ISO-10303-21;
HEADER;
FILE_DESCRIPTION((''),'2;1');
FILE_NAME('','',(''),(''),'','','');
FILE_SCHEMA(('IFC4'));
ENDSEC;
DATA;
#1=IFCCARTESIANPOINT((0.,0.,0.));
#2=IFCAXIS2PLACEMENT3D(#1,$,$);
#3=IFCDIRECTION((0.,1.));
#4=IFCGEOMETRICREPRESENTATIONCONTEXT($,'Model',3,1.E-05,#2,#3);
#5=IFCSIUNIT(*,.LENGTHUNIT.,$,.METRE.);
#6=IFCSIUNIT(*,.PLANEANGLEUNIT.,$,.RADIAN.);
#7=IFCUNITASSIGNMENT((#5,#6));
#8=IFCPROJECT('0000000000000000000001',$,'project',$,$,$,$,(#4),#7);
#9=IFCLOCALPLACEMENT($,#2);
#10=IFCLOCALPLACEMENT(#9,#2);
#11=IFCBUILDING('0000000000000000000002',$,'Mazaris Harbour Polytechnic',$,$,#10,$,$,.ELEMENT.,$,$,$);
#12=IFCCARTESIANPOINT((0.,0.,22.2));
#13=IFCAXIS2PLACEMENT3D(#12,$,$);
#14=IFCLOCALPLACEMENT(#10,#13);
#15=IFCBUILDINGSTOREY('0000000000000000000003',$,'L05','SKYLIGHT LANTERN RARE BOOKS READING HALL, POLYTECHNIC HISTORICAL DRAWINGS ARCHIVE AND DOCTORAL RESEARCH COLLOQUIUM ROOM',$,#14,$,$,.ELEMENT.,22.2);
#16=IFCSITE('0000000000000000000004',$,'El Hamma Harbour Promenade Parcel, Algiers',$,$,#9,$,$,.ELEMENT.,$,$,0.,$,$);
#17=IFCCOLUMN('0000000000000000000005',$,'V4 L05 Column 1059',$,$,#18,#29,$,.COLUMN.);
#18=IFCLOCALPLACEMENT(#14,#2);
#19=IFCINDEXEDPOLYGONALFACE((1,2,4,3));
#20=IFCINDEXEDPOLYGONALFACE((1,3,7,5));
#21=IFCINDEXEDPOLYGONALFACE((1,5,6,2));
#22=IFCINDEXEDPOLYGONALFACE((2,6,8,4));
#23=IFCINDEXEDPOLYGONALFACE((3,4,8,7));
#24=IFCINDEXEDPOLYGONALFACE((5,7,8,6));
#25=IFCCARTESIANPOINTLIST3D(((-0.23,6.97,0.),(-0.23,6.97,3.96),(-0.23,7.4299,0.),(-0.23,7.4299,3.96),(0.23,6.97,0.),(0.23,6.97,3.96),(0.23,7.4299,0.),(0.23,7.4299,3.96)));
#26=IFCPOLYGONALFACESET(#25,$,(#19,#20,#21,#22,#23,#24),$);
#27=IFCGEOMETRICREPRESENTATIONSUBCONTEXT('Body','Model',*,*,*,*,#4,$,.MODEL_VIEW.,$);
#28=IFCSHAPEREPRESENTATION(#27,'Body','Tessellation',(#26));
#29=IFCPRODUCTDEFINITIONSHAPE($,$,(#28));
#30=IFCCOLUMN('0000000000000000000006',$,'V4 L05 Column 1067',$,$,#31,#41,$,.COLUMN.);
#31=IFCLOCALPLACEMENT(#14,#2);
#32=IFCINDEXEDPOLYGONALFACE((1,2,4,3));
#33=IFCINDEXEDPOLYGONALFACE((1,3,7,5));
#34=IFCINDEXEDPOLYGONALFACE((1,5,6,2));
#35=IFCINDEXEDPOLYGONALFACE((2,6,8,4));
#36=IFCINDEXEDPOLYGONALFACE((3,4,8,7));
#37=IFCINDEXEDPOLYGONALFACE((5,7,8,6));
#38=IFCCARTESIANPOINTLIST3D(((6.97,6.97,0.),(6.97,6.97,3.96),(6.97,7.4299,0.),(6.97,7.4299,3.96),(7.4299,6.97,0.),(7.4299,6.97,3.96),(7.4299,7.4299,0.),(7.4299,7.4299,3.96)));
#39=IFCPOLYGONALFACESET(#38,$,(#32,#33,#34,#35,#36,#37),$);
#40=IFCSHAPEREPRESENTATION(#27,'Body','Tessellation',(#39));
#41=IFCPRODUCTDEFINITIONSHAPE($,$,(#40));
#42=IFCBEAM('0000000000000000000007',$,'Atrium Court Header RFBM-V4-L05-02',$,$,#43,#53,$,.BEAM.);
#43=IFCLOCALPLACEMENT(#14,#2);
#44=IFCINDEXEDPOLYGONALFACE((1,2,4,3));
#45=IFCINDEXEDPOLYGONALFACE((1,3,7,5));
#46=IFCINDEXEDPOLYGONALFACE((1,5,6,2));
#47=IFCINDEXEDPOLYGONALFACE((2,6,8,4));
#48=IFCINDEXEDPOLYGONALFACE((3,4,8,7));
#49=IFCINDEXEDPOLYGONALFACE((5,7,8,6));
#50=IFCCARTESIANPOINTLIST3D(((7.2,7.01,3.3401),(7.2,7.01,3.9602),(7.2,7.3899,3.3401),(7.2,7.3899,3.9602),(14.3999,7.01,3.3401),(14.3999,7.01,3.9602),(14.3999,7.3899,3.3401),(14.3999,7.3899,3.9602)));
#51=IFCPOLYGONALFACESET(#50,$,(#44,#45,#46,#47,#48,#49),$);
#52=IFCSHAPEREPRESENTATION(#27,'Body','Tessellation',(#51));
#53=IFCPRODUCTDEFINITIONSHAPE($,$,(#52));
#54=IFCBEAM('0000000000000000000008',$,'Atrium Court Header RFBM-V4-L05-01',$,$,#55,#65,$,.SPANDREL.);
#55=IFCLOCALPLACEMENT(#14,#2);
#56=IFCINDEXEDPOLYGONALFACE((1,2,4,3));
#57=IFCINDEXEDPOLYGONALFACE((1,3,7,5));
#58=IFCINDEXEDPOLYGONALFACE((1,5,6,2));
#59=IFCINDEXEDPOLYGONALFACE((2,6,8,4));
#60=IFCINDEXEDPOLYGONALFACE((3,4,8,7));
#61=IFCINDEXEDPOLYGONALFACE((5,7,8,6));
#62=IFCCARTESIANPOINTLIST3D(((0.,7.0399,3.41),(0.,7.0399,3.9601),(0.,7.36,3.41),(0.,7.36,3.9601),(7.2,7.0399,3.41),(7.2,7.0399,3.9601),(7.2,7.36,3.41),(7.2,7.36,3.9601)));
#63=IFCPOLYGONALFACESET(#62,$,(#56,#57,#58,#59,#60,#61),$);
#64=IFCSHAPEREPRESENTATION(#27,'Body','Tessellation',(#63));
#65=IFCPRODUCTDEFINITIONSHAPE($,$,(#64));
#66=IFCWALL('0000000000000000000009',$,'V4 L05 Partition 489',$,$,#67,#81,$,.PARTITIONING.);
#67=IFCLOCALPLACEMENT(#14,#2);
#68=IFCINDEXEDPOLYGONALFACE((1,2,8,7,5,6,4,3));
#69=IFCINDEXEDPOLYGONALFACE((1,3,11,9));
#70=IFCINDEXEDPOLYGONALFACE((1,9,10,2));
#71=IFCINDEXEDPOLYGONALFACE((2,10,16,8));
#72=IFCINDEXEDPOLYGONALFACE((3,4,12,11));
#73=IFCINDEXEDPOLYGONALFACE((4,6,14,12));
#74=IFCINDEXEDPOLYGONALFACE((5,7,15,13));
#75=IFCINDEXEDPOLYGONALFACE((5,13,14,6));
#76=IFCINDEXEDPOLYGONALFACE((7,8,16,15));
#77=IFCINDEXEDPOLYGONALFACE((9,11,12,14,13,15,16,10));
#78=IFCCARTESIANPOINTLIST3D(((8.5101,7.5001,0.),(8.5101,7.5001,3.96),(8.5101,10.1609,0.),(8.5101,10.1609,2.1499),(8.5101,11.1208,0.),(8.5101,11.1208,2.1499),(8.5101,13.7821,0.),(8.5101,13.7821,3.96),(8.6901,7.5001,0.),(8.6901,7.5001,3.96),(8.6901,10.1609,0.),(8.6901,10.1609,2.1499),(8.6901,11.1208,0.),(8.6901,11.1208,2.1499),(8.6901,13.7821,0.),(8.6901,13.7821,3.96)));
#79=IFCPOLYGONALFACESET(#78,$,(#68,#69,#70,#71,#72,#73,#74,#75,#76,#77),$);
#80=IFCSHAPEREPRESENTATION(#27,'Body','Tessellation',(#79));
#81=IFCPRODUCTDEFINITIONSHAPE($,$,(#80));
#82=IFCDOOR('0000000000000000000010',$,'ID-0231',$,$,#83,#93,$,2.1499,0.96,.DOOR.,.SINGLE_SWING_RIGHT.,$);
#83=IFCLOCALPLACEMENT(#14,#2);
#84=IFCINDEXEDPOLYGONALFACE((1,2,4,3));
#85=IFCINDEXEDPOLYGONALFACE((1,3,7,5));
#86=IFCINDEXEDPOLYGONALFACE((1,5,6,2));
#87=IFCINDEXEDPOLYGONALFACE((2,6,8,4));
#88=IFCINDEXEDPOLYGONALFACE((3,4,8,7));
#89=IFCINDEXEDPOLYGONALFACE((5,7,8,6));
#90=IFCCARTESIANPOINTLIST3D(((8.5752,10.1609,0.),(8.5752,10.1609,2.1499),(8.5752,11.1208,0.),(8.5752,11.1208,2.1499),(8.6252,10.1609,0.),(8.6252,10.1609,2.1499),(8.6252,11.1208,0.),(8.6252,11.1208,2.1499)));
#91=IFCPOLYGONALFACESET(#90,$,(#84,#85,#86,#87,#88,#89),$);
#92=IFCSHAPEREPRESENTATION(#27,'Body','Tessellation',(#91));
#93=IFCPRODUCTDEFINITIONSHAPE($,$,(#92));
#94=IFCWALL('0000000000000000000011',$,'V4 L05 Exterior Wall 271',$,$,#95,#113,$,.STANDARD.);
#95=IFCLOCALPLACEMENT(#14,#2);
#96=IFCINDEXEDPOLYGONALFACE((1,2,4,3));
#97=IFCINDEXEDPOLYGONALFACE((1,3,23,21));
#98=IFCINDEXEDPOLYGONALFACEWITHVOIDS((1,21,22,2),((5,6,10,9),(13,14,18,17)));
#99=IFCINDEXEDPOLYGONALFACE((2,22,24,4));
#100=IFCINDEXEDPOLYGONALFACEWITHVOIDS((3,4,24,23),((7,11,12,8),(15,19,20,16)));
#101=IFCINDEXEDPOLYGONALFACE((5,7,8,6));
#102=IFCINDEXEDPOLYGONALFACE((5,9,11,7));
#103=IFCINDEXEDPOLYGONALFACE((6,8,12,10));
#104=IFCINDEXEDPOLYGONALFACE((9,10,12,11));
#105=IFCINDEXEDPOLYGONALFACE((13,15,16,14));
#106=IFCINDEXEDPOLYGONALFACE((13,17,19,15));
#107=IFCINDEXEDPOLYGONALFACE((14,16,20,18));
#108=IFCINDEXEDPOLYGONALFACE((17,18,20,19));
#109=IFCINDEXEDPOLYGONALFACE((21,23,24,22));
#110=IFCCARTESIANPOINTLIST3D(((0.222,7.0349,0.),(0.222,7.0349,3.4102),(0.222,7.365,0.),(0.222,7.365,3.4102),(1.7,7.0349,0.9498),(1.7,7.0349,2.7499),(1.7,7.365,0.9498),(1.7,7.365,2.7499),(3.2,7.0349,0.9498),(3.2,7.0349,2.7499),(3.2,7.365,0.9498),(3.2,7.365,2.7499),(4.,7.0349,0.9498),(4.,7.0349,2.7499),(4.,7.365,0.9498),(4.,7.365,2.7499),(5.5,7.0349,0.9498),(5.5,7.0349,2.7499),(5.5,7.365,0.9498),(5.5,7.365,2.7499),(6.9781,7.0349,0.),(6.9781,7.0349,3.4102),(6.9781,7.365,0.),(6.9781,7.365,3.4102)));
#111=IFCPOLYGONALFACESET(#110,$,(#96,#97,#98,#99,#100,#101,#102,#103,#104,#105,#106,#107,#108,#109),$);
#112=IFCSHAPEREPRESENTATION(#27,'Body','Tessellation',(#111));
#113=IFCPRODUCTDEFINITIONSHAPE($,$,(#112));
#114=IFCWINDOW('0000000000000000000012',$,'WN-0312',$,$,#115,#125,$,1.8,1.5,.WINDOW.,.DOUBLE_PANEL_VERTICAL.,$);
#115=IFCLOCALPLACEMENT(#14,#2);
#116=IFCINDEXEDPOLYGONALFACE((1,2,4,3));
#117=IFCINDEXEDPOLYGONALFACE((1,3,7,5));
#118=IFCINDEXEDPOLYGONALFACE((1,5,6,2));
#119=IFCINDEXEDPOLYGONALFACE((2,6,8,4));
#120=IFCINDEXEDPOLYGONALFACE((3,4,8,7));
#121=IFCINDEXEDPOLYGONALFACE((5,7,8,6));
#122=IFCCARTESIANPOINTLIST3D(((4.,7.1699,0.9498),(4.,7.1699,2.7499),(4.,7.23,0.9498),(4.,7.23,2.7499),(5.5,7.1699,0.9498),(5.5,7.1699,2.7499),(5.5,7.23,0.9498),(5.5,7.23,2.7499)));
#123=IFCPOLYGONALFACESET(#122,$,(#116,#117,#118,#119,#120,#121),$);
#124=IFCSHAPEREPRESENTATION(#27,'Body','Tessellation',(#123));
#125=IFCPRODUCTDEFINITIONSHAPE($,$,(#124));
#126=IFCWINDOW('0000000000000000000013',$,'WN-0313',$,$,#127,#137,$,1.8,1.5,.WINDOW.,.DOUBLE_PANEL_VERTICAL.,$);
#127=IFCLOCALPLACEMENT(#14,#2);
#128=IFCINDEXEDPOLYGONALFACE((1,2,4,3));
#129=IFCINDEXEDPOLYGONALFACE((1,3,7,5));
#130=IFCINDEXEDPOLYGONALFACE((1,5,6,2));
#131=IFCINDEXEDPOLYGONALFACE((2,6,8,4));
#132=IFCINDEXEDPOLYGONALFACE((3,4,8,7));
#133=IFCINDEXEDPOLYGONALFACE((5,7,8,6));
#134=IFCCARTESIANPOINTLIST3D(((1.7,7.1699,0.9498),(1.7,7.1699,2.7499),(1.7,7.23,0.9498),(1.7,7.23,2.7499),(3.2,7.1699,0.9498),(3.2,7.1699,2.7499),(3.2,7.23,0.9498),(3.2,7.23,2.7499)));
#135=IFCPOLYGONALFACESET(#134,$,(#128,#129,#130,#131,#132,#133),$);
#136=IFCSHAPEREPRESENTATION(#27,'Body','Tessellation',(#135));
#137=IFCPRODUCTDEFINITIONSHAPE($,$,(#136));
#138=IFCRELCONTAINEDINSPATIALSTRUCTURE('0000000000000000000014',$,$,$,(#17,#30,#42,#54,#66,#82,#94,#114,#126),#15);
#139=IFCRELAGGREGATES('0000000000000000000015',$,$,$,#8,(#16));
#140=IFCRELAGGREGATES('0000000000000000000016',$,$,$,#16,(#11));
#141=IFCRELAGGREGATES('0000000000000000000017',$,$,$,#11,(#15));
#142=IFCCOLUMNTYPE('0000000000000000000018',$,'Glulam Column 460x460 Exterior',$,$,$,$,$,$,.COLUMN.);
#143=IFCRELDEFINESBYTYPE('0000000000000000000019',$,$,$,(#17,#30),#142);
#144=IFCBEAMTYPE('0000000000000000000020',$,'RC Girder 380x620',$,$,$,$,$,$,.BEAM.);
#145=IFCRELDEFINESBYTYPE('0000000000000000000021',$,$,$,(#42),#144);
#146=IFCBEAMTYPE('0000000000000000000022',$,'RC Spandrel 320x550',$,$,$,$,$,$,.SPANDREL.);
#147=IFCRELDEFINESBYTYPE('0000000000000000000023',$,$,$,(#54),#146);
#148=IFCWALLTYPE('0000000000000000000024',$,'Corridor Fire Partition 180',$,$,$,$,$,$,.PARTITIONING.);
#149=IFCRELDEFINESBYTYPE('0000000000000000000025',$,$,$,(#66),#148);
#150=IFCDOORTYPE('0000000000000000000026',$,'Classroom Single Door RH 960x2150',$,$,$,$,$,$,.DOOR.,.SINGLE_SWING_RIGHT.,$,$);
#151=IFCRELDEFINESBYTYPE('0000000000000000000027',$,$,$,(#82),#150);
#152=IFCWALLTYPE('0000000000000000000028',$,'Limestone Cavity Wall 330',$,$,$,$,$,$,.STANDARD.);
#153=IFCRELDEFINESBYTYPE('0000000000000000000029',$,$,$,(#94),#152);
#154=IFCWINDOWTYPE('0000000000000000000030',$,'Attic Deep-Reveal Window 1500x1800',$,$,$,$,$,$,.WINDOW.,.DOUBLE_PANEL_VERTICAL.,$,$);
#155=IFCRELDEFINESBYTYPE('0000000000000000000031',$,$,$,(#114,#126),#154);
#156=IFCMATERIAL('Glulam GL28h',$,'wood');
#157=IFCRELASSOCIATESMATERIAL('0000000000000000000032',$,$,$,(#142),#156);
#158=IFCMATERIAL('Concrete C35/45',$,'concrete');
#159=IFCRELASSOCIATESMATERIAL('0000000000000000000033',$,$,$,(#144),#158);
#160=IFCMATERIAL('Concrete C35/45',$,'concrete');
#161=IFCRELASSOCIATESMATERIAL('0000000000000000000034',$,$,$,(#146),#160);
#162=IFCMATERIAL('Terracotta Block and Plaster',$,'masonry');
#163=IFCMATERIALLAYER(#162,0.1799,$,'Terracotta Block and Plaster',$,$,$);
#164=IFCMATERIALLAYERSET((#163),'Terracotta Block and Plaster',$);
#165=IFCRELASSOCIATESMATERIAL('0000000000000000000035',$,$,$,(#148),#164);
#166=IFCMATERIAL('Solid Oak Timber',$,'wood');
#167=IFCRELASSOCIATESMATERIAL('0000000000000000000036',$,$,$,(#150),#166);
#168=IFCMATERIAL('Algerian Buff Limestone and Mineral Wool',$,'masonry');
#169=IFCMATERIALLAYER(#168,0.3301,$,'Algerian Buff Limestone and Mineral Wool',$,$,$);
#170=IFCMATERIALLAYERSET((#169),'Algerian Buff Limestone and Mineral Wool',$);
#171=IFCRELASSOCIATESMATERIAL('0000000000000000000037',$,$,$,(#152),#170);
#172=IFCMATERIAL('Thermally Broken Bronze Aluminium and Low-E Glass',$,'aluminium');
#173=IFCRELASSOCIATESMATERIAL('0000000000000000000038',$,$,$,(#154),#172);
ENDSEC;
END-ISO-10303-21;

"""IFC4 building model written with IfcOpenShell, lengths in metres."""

from ifc_helpers import new_model, si_unit, direction, frame, frame_2d, origin, origin_2d, place, context, subcontext, project, spatial, rectangle, extrude, material, layer, layer_set, material_profile, profile_set, type_object, element, fill, save


model = new_model("IFC4")

# Units and contexts
model_context = context("Model", 3, precision=1e-05, world=origin(), true_north=direction((0.0, 1.0)))
body_context = subcontext(model_context, "Body", "Model", "MODEL_VIEW")
ifc_project = project(units=[si_unit("LENGTHUNIT", "METRE"), si_unit("PLANEANGLEUNIT", "RADIAN")], contexts=[model_context])

# Site, building, storey
site_placement = place(None, origin())
site = spatial("IfcSite", under=ifc_project, at=site_placement, Name="El Hamma Harbour Promenade Parcel, Algiers", CompositionType="ELEMENT", RefElevation=0.0)
building_placement = place(site_placement, origin())
building = spatial("IfcBuilding", under=site, at=building_placement, Name="Mazaris Harbour Polytechnic", CompositionType="ELEMENT")
storey_placement = place(building_placement, frame((0.0, 0.0, 22.2)))
storey = spatial("IfcBuildingStorey", under=building, at=storey_placement, Name="L05", Description="SKYLIGHT LANTERN RARE BOOKS READING HALL, POLYTECHNIC HISTORICAL DRAWINGS ARCHIVE AND DOCTORAL RESEARCH COLLOQUIUM ROOM", CompositionType="ELEMENT", Elevation=22.2)

# Columns
ifc_material_1 = material(Name="Glulam GL28h", Category="wood")
ifc_material_profile_1 = material_profile(ifc_material_1, rectangle(XDim=0.46, YDim=0.46, at=origin_2d()), Name="RECT460x460")
ifc_profile_set_1 = profile_set([ifc_material_profile_1], Name="Glulam GL28h")
column_type = type_object("IfcColumnType", Name="Glulam Column 460x460 Exterior", PredefinedType="COLUMN", material=ifc_profile_set_1)
for number, where, z_axis, x_axis, name in (
    (1, (0.0, 7.2, 0.0), (0.0, 0.0, 1.0), (1.0, 0.0, 0.0), "V4 L05 Column 1059"),
    (2, (7.2, 7.2, 0.0), (0.0, 0.0, 1.0), (1.0, 0.0, 0.0), "V4 L05 Column 1067"),
):
    element("IfcColumn", number, at=place(storey_placement, frame(where, z_axis=z_axis, x_axis=x_axis)), inside=storey, type_object=column_type, Name=name, PredefinedType="COLUMN", context=body_context, shape_type="SweptSolid", body=[
        extrude(rectangle(XDim=0.46, YDim=0.46, at=origin_2d()), origin(), (0.0, 0.0, 1.0), 3.96),
    ])

# Beams
ifc_material_2 = material(Name="Concrete C35/45", Category="concrete")
ifc_material_profile_2 = material_profile(ifc_material_2, rectangle(XDim=0.3799, YDim=0.6201, at=origin_2d()), Name="RECT380x620")
ifc_profile_set_2 = profile_set([ifc_material_profile_2], Name="Concrete C35/45")
beam_type_1 = type_object("IfcBeamType", Name="RC Girder 380x620", PredefinedType="BEAM", material=ifc_profile_set_2)
beam_1_placement = place(storey_placement, frame((7.2, 7.2, 3.6501), z_axis=(1.0, 0.0, 0.0), x_axis=(0.0, 1.0, 0.0)))
element("IfcBeam", 3, at=beam_1_placement, inside=storey, type_object=beam_type_1, Name="Atrium Court Header RFBM-V4-L05-02", PredefinedType="BEAM", context=body_context, shape_type="SweptSolid", body=[
    extrude(rectangle(XDim=0.3799, YDim=0.6201, at=origin_2d()), origin(), (0.0, 0.0, 1.0), 7.2),
])
ifc_material_3 = material(Name="Concrete C35/45", Category="concrete")
ifc_material_profile_3 = material_profile(ifc_material_3, rectangle(XDim=0.3201, YDim=0.55, at=origin_2d()), Name="RECT320x550")
ifc_profile_set_3 = profile_set([ifc_material_profile_3], Name="Concrete C35/45")
beam_type_2 = type_object("IfcBeamType", Name="RC Spandrel 320x550", PredefinedType="SPANDREL", material=ifc_profile_set_3)
beam_2_placement = place(storey_placement, frame((0.0, 7.2, 3.6851), z_axis=(1.0, 0.0, 0.0), x_axis=(0.0, 1.0, 0.0)))
element("IfcBeam", 4, at=beam_2_placement, inside=storey, type_object=beam_type_2, Name="Atrium Court Header RFBM-V4-L05-01", PredefinedType="SPANDREL", context=body_context, shape_type="SweptSolid", body=[
    extrude(rectangle(XDim=0.3201, YDim=0.55, at=origin_2d()), origin(), (0.0, 0.0, 1.0), 7.2),
])

# Wall, opening, door
ifc_material_4 = material(Name="Terracotta Block and Plaster", Category="masonry")
ifc_layer_1 = layer(ifc_material_4, 0.1799, Name="Terracotta Block and Plaster")
ifc_layer_set_1 = layer_set([ifc_layer_1], Name="Terracotta Block and Plaster")
wall_type_1 = type_object("IfcWallType", Name="Corridor Fire Partition 180", PredefinedType="PARTITIONING", material=ifc_layer_set_1)
wall_1_placement = place(storey_placement, frame((8.6001, 7.5, 0.0), z_axis=(0.0, 0.0, 1.0), x_axis=(0.0, 1.0, 0.0)))
wall_1 = element("IfcWall", 5, at=wall_1_placement, inside=storey, type_object=wall_type_1, Name="V4 L05 Partition 489", PredefinedType="PARTITIONING", context=body_context, shape_type="SweptSolid", body=[
    extrude(rectangle(XDim=6.282, YDim=0.1799, at=frame_2d((3.1411, 0.0))), origin(), (0.0, 0.0, 1.0), 3.96),
])
opening_1_placement = place(wall_1_placement, frame((2.6609, 0.0, 0.0)))
opening_1 = element("IfcOpeningElement", 6, at=opening_1_placement, cuts=wall_1, PredefinedType="OPENING", context=body_context, shape_type="SweptSolid", body=[
    extrude(rectangle(XDim=0.96, YDim=2.1499, at=frame_2d((0.48, 1.075))), frame((0.0, 0.0999, 0.0), z_axis=(0.0, -1.0, 0.0), x_axis=(1.0, 0.0, 0.0)), (0.0, 0.0, 1.0), 0.2),
])
ifc_material_5 = material(Name="Solid Oak Timber", Category="wood")
door_type_1 = type_object("IfcDoorType", Name="Classroom Single Door RH 960x2150", OperationType="SINGLE_SWING_RIGHT", PredefinedType="DOOR", material=ifc_material_5)
door_1_placement = place(opening_1_placement, origin())
door_1 = element("IfcDoor", 7, at=door_1_placement, inside=storey, type_object=door_type_1, Name="ID-0231", OperationType="SINGLE_SWING_RIGHT", OverallHeight=2.1499, OverallWidth=0.96, PredefinedType="DOOR", context=body_context, shape_type="SweptSolid", body=[
    extrude(rectangle(XDim=0.96, YDim=2.1499, at=frame_2d((0.48, 1.075))), frame((0.0, 0.0249, 0.0), z_axis=(0.0, -1.0, 0.0), x_axis=(1.0, 0.0, 0.0)), (0.0, 0.0, 1.0), 0.05),
])
fill(opening_1, door_1)

# Wall, openings, windows
ifc_material_6 = material(Name="Algerian Buff Limestone and Mineral Wool", Category="masonry")
ifc_layer_2 = layer(ifc_material_6, 0.3301, Name="Algerian Buff Limestone and Mineral Wool")
ifc_layer_set_2 = layer_set([ifc_layer_2], Name="Algerian Buff Limestone and Mineral Wool")
wall_type_2 = type_object("IfcWallType", Name="Limestone Cavity Wall 330", PredefinedType="STANDARD", material=ifc_layer_set_2)
wall_2_placement = place(storey_placement, frame((6.978, 7.2, 0.0), z_axis=(0.0, 0.0, 1.0), x_axis=(-1.0, 0.0, 0.0)))
wall_2 = element("IfcWall", 8, at=wall_2_placement, inside=storey, type_object=wall_type_2, Name="V4 L05 Exterior Wall 271", PredefinedType="STANDARD", context=body_context, shape_type="SweptSolid", body=[
    extrude(rectangle(XDim=6.7561, YDim=0.3301, at=frame_2d((3.3779, 0.0))), origin(), (0.0, 0.0, 1.0), 3.4102),
])
opening_2_placement = place(wall_2_placement, frame((1.478, 0.0, 0.95)))
opening_2 = element("IfcOpeningElement", 9, at=opening_2_placement, cuts=wall_2, PredefinedType="OPENING", context=body_context, shape_type="SweptSolid", body=[
    extrude(rectangle(XDim=1.5, YDim=1.8, at=frame_2d((0.75, 0.8999))), frame((0.0, 0.175, 0.0), z_axis=(0.0, -1.0, 0.0), x_axis=(1.0, 0.0, 0.0)), (0.0, 0.0, 1.0), 0.3501),
])
opening_3_placement = place(wall_2_placement, frame((3.7781, 0.0, 0.95)))
opening_3 = element("IfcOpeningElement", 10, at=opening_3_placement, cuts=wall_2, PredefinedType="OPENING", context=body_context, shape_type="SweptSolid", body=[
    extrude(rectangle(XDim=1.5, YDim=1.8, at=frame_2d((0.75, 0.8999))), frame((0.0, 0.175, 0.0), z_axis=(0.0, -1.0, 0.0), x_axis=(1.0, 0.0, 0.0)), (0.0, 0.0, 1.0), 0.3501),
])
ifc_material_7 = material(Name="Thermally Broken Bronze Aluminium and Low-E Glass", Category="aluminium")
window_type = type_object("IfcWindowType", Name="Attic Deep-Reveal Window 1500x1800", PartitioningType="DOUBLE_PANEL_VERTICAL", PredefinedType="WINDOW", material=ifc_material_7)
window_1_placement = place(opening_2_placement, origin())
window_1 = element("IfcWindow", 11, at=window_1_placement, inside=storey, type_object=window_type, Name="WN-0312", OverallHeight=1.8, OverallWidth=1.5, PartitioningType="DOUBLE_PANEL_VERTICAL", PredefinedType="WINDOW", context=body_context, shape_type="SweptSolid", body=[
    extrude(rectangle(XDim=1.5, YDim=1.8, at=frame_2d((0.75, 0.8999))), frame((0.0, 0.03, 0.0), z_axis=(0.0, -1.0, 0.0), x_axis=(1.0, 0.0, 0.0)), (0.0, 0.0, 1.0), 0.0601),
])
fill(opening_2, window_1)
window_2_placement = place(opening_3_placement, origin())
window_2 = element("IfcWindow", 12, at=window_2_placement, inside=storey, type_object=window_type, Name="WN-0313", OverallHeight=1.8, OverallWidth=1.5, PartitioningType="DOUBLE_PANEL_VERTICAL", PredefinedType="WINDOW", context=body_context, shape_type="SweptSolid", body=[
    extrude(rectangle(XDim=1.5, YDim=1.8, at=frame_2d((0.75, 0.8999))), frame((0.0, 0.03, 0.0), z_axis=(0.0, -1.0, 0.0), x_axis=(1.0, 0.0, 0.0)), (0.0, 0.0, 1.0), 0.0601),
])
fill(opening_3, window_2)

save(model, "model.ifc")
